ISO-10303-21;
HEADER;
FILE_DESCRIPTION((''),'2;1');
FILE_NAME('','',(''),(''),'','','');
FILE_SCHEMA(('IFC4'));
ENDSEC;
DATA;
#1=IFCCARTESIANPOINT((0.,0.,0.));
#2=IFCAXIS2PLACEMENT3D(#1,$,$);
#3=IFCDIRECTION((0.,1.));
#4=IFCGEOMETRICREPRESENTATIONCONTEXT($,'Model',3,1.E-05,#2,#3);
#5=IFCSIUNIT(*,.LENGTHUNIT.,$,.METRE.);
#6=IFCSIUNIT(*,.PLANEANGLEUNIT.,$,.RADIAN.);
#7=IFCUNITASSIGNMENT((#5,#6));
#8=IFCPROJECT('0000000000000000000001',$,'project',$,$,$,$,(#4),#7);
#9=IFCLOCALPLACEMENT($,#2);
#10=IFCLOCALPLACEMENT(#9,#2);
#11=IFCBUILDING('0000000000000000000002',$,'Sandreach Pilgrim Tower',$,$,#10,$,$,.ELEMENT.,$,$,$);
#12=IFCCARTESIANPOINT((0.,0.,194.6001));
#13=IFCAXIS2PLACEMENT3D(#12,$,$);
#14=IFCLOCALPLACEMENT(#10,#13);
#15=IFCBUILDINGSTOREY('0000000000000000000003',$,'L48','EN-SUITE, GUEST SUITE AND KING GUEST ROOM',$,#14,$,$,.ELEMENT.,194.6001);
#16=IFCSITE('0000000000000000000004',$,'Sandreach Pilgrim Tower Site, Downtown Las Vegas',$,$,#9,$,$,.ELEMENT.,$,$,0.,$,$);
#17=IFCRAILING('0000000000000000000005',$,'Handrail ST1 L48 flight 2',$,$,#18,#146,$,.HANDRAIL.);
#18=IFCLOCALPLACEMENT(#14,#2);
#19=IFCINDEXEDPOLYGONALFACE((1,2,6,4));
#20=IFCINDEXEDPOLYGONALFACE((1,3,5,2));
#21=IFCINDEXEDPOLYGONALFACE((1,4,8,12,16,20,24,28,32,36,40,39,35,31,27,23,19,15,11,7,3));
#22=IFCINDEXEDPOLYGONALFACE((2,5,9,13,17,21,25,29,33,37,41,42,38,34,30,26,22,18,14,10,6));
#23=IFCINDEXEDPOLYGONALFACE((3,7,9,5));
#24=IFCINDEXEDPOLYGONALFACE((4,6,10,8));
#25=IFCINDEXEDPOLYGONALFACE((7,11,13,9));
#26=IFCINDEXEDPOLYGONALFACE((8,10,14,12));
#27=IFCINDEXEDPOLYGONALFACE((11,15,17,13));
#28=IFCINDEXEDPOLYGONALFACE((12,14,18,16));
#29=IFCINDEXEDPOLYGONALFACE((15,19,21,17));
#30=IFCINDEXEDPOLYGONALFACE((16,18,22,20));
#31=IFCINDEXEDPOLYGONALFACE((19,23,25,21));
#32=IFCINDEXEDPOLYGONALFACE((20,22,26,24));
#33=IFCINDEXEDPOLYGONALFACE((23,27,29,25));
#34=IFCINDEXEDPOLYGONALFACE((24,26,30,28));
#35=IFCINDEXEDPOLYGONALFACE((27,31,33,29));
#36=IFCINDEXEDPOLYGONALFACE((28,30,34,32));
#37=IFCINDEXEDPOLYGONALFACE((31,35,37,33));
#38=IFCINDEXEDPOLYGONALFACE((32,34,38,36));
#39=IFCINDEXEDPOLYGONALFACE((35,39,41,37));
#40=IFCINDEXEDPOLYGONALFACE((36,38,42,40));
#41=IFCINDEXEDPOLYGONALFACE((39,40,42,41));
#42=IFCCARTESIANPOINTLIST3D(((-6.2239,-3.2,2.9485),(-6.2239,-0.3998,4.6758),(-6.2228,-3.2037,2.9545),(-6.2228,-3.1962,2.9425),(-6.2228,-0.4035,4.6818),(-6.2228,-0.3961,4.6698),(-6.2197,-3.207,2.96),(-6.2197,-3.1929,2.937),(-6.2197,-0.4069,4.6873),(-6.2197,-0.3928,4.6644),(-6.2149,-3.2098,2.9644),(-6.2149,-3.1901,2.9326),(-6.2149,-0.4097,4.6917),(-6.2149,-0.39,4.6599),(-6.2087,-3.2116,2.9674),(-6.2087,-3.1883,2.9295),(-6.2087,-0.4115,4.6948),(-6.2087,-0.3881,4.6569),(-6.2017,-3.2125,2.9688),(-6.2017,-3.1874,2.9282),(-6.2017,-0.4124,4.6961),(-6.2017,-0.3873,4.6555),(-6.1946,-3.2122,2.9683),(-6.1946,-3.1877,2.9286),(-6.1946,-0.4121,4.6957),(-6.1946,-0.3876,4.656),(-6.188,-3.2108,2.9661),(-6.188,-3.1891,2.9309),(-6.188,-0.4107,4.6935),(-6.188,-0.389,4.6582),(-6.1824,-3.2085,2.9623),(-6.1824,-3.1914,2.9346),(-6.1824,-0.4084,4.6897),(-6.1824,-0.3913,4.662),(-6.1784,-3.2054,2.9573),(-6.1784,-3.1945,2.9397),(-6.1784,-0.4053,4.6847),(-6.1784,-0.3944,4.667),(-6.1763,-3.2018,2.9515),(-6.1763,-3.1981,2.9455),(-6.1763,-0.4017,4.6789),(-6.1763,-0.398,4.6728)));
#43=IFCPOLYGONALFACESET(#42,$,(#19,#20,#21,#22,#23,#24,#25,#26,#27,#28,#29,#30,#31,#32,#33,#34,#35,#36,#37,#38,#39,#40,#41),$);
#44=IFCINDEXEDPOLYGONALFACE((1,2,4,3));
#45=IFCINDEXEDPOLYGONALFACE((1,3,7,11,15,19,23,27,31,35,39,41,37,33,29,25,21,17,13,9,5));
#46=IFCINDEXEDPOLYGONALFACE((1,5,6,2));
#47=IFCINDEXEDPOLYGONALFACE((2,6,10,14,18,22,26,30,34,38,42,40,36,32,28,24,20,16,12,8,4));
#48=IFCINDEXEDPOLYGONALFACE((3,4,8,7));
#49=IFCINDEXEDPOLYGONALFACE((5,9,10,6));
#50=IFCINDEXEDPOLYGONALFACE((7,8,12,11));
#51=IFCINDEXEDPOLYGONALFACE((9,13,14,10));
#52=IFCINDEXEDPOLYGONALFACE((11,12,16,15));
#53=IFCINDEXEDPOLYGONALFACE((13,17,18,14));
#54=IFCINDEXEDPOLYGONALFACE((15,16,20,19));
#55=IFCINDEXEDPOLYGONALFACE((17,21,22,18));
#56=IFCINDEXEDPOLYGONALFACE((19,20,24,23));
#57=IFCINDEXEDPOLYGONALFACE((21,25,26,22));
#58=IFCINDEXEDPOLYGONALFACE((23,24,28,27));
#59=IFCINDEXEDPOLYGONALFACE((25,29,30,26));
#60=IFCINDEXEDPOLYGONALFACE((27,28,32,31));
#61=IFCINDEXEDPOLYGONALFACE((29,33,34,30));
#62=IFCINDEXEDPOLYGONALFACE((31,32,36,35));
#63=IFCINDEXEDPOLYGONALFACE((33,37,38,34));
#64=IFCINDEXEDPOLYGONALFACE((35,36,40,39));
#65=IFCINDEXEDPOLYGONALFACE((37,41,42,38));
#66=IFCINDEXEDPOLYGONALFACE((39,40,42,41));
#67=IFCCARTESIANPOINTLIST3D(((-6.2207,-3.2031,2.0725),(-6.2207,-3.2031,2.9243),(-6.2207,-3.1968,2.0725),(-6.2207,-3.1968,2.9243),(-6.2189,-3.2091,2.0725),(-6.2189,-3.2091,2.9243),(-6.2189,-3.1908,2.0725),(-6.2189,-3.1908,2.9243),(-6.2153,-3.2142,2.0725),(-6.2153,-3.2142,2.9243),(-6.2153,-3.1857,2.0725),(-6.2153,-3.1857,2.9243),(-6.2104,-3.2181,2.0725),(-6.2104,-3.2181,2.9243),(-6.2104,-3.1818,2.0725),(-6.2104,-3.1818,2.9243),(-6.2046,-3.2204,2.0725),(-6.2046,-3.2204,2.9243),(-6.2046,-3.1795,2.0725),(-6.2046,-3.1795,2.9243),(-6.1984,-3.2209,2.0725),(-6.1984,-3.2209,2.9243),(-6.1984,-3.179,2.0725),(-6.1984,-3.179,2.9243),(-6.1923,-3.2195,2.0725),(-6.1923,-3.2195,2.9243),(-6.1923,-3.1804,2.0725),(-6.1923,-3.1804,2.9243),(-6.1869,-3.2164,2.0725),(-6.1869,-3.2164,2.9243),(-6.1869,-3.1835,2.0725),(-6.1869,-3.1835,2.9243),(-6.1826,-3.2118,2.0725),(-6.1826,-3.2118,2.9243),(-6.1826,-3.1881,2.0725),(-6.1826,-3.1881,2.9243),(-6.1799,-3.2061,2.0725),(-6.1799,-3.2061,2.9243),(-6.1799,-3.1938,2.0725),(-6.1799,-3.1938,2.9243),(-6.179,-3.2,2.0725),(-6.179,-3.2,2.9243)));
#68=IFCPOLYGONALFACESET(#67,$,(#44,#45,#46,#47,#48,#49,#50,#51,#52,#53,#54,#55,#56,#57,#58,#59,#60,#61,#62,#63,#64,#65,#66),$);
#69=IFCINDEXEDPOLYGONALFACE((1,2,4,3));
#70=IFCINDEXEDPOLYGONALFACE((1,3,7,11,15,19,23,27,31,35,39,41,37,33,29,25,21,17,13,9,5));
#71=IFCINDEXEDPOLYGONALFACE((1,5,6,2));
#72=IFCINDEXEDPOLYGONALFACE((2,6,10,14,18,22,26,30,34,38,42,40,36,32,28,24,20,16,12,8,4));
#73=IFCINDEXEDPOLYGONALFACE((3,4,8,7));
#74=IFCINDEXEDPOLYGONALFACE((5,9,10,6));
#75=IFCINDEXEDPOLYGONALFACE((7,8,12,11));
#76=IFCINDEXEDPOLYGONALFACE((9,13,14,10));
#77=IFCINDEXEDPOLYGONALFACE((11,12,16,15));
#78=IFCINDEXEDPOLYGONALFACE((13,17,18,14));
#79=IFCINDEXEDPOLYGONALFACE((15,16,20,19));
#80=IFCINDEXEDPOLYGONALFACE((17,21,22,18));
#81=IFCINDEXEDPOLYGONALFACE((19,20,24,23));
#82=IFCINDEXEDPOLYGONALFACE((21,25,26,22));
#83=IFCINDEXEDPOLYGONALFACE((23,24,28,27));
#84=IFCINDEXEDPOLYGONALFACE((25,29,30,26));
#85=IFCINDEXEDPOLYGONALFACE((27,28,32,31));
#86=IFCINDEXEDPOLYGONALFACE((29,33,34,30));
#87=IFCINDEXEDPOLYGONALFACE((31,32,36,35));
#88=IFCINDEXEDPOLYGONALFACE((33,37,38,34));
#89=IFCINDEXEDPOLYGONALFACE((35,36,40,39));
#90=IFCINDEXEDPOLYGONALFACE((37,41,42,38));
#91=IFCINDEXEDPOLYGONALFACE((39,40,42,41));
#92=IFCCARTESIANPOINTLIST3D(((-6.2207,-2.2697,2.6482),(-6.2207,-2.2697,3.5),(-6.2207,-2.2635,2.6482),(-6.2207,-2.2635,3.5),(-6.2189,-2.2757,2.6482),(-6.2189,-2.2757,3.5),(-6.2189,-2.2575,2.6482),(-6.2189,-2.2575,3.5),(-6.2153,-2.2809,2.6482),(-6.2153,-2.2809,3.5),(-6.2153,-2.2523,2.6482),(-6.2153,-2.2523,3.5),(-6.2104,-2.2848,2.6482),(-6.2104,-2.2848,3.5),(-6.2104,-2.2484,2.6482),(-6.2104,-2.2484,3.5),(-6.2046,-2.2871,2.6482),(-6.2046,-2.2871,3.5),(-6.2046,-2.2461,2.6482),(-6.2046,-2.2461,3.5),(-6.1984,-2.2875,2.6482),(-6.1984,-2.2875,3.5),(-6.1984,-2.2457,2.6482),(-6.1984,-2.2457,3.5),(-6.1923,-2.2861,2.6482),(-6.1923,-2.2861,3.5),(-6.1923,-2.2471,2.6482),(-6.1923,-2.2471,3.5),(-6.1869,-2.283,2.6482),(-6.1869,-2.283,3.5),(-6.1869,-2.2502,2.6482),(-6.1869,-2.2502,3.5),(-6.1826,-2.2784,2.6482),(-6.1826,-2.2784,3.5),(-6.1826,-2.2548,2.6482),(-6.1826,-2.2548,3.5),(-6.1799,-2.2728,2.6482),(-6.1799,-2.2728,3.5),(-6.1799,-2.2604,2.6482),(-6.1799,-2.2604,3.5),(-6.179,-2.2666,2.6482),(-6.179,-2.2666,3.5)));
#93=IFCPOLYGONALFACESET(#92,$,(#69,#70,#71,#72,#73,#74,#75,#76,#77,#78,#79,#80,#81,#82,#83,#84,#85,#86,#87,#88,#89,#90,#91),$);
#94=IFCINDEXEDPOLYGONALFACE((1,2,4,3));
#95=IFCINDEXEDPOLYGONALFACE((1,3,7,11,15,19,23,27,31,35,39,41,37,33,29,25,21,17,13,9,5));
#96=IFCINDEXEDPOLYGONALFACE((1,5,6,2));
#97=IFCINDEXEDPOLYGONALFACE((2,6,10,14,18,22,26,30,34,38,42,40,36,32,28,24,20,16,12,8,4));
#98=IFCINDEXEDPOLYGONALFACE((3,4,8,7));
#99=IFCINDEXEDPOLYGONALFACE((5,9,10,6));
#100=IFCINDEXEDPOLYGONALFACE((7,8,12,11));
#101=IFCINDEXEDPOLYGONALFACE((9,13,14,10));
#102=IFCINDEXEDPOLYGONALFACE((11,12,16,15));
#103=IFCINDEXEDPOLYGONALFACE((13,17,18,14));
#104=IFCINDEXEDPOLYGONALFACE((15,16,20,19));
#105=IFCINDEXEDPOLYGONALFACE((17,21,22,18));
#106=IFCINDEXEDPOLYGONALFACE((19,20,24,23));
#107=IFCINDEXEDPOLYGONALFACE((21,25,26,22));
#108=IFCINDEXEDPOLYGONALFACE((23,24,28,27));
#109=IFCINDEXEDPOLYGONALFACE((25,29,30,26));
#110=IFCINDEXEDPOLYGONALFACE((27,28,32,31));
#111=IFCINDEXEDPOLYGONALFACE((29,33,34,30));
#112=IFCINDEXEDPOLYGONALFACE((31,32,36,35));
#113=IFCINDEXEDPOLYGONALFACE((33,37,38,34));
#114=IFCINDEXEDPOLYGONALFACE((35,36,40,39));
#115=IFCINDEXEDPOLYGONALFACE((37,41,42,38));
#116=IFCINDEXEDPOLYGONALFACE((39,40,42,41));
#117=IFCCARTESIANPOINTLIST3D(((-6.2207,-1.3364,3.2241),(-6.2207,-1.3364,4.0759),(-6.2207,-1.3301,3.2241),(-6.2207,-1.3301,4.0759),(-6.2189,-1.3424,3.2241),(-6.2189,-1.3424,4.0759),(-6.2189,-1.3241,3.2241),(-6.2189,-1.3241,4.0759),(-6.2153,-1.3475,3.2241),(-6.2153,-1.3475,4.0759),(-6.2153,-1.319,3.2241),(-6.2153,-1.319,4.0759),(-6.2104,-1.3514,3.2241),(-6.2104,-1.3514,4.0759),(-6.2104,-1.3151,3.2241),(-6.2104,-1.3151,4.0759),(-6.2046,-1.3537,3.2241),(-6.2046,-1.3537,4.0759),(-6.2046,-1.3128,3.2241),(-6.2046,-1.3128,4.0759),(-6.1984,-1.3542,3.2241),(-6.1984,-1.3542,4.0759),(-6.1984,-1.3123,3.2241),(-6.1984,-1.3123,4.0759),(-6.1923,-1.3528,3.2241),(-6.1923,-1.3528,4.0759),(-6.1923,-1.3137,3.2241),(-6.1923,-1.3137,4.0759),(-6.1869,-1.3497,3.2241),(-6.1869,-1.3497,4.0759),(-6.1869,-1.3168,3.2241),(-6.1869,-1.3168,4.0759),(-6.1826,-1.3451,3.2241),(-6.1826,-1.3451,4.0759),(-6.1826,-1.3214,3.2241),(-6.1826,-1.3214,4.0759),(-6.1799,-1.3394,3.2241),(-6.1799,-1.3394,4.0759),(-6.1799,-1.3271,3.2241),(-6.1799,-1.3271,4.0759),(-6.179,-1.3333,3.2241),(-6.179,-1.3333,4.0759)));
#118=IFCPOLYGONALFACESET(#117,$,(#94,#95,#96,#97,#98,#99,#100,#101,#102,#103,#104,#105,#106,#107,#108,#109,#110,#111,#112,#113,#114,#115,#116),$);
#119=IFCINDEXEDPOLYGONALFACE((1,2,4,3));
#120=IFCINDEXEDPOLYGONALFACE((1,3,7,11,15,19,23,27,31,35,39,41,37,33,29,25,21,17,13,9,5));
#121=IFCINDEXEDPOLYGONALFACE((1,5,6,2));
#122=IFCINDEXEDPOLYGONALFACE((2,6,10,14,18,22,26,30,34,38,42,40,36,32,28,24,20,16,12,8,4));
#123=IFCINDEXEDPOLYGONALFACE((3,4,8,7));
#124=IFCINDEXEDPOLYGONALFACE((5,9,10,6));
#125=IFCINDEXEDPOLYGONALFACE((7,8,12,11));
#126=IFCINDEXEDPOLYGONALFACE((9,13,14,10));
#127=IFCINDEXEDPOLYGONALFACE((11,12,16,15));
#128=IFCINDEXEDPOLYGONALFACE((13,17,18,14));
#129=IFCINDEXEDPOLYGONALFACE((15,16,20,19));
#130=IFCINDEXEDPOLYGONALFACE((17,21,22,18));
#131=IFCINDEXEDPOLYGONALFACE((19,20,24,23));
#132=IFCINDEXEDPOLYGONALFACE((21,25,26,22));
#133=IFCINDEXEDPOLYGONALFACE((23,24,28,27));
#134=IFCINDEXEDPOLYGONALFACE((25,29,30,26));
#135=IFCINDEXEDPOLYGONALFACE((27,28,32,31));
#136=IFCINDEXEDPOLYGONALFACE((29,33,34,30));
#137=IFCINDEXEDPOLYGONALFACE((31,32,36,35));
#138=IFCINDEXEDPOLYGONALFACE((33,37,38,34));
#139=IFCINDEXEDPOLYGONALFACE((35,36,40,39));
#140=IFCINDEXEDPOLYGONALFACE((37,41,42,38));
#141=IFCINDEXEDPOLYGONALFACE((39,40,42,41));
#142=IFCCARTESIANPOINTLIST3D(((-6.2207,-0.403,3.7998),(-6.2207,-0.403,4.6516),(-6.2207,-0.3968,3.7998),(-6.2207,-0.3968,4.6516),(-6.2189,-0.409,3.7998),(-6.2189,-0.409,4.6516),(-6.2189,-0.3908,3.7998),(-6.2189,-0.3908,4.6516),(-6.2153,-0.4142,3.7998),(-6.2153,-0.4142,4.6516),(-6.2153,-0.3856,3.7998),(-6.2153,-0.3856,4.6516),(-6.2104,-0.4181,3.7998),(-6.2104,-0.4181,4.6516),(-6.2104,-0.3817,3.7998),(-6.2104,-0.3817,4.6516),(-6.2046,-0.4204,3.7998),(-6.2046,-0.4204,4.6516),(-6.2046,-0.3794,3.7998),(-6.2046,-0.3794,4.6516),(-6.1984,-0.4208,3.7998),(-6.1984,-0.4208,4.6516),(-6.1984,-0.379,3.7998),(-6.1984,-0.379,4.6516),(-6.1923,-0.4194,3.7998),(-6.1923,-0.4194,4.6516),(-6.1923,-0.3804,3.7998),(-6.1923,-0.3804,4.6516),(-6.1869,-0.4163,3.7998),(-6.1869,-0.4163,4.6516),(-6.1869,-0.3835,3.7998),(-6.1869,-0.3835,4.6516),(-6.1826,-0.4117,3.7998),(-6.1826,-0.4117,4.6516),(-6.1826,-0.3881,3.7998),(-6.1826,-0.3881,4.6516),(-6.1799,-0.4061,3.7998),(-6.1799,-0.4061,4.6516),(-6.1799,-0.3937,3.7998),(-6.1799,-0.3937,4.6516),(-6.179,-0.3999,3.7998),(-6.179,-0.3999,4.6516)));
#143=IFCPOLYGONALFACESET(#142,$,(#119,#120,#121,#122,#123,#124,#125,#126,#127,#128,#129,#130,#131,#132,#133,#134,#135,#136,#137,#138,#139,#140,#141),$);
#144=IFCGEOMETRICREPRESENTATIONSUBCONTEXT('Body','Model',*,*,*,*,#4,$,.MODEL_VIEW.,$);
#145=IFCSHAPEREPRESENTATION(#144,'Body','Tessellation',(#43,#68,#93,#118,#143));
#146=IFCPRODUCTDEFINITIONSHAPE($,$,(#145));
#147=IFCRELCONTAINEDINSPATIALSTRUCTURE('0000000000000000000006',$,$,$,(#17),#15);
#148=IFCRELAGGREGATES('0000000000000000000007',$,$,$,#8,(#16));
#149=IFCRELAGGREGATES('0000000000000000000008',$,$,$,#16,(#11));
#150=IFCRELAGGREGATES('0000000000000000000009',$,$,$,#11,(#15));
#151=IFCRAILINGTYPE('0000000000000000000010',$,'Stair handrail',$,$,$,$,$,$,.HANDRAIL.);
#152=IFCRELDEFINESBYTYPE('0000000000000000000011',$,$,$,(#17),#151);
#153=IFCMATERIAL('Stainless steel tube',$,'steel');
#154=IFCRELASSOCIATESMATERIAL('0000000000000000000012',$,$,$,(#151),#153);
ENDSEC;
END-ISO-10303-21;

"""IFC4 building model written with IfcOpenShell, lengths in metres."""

from ifc_helpers import new_model, si_unit, direction, frame, origin, origin_2d, place, context, subcontext, project, spatial, circle, extrude, material, type_object, element, save


model = new_model("IFC4")

# Units and contexts
model_context = context("Model", 3, precision=1e-05, world=origin(), true_north=direction((0.0, 1.0)))
body_context = subcontext(model_context, "Body", "Model", "MODEL_VIEW")
ifc_project = project(units=[si_unit("LENGTHUNIT", "METRE"), si_unit("PLANEANGLEUNIT", "RADIAN")], contexts=[model_context])

# Site, building, storey
site_placement = place(None, origin())
site = spatial("IfcSite", under=ifc_project, at=site_placement, Name="Sandreach Pilgrim Tower Site, Downtown Las Vegas", CompositionType="ELEMENT", RefElevation=0.0)
building_placement = place(site_placement, origin())
building = spatial("IfcBuilding", under=site, at=building_placement, Name="Sandreach Pilgrim Tower", CompositionType="ELEMENT")
storey_placement = place(building_placement, frame((0.0, 0.0, 194.6001)))
storey = spatial("IfcBuildingStorey", under=building, at=storey_placement, Name="L48", Description="EN-SUITE, GUEST SUITE AND KING GUEST ROOM", CompositionType="ELEMENT", Elevation=194.6001)

# Railing
ifc_material_1 = material(Name="Stainless steel tube", Category="steel")
railing_type = type_object("IfcRailingType", Name="Stair handrail", PredefinedType="HANDRAIL", material=ifc_material_1)
railing_placement = place(storey_placement, frame((-6.2, -3.2, 2.0725)))
element("IfcRailing", 1, at=railing_placement, inside=storey, type_object=railing_type, Name="Handrail ST1 L48 flight 2", PredefinedType="HANDRAIL", context=body_context, shape_type="SweptSolid", body=[
    extrude(circle(Radius=0.0239, at=origin_2d()), frame((0.0, 0.0, 0.876), z_axis=(0.0, 0.85109, 0.52502), x_axis=(-1.0, 0.0, 0.0)), (0.0, 0.0, 1.0), 3.29),
    extrude(circle(Radius=0.021, at=origin_2d()), origin(), (0.0, 0.0, 1.0), 0.8518),
    extrude(circle(Radius=0.021, at=origin_2d()), frame((0.0, 0.9333, 0.5757)), (0.0, 0.0, 1.0), 0.8518),
    extrude(circle(Radius=0.021, at=origin_2d()), frame((0.0, 1.8667, 1.1516)), (0.0, 0.0, 1.0), 0.8518),
    extrude(circle(Radius=0.021, at=origin_2d()), frame((0.0, 2.8, 1.7273)), (0.0, 0.0, 1.0), 0.8518),
])

save(model, "model.ifc")
